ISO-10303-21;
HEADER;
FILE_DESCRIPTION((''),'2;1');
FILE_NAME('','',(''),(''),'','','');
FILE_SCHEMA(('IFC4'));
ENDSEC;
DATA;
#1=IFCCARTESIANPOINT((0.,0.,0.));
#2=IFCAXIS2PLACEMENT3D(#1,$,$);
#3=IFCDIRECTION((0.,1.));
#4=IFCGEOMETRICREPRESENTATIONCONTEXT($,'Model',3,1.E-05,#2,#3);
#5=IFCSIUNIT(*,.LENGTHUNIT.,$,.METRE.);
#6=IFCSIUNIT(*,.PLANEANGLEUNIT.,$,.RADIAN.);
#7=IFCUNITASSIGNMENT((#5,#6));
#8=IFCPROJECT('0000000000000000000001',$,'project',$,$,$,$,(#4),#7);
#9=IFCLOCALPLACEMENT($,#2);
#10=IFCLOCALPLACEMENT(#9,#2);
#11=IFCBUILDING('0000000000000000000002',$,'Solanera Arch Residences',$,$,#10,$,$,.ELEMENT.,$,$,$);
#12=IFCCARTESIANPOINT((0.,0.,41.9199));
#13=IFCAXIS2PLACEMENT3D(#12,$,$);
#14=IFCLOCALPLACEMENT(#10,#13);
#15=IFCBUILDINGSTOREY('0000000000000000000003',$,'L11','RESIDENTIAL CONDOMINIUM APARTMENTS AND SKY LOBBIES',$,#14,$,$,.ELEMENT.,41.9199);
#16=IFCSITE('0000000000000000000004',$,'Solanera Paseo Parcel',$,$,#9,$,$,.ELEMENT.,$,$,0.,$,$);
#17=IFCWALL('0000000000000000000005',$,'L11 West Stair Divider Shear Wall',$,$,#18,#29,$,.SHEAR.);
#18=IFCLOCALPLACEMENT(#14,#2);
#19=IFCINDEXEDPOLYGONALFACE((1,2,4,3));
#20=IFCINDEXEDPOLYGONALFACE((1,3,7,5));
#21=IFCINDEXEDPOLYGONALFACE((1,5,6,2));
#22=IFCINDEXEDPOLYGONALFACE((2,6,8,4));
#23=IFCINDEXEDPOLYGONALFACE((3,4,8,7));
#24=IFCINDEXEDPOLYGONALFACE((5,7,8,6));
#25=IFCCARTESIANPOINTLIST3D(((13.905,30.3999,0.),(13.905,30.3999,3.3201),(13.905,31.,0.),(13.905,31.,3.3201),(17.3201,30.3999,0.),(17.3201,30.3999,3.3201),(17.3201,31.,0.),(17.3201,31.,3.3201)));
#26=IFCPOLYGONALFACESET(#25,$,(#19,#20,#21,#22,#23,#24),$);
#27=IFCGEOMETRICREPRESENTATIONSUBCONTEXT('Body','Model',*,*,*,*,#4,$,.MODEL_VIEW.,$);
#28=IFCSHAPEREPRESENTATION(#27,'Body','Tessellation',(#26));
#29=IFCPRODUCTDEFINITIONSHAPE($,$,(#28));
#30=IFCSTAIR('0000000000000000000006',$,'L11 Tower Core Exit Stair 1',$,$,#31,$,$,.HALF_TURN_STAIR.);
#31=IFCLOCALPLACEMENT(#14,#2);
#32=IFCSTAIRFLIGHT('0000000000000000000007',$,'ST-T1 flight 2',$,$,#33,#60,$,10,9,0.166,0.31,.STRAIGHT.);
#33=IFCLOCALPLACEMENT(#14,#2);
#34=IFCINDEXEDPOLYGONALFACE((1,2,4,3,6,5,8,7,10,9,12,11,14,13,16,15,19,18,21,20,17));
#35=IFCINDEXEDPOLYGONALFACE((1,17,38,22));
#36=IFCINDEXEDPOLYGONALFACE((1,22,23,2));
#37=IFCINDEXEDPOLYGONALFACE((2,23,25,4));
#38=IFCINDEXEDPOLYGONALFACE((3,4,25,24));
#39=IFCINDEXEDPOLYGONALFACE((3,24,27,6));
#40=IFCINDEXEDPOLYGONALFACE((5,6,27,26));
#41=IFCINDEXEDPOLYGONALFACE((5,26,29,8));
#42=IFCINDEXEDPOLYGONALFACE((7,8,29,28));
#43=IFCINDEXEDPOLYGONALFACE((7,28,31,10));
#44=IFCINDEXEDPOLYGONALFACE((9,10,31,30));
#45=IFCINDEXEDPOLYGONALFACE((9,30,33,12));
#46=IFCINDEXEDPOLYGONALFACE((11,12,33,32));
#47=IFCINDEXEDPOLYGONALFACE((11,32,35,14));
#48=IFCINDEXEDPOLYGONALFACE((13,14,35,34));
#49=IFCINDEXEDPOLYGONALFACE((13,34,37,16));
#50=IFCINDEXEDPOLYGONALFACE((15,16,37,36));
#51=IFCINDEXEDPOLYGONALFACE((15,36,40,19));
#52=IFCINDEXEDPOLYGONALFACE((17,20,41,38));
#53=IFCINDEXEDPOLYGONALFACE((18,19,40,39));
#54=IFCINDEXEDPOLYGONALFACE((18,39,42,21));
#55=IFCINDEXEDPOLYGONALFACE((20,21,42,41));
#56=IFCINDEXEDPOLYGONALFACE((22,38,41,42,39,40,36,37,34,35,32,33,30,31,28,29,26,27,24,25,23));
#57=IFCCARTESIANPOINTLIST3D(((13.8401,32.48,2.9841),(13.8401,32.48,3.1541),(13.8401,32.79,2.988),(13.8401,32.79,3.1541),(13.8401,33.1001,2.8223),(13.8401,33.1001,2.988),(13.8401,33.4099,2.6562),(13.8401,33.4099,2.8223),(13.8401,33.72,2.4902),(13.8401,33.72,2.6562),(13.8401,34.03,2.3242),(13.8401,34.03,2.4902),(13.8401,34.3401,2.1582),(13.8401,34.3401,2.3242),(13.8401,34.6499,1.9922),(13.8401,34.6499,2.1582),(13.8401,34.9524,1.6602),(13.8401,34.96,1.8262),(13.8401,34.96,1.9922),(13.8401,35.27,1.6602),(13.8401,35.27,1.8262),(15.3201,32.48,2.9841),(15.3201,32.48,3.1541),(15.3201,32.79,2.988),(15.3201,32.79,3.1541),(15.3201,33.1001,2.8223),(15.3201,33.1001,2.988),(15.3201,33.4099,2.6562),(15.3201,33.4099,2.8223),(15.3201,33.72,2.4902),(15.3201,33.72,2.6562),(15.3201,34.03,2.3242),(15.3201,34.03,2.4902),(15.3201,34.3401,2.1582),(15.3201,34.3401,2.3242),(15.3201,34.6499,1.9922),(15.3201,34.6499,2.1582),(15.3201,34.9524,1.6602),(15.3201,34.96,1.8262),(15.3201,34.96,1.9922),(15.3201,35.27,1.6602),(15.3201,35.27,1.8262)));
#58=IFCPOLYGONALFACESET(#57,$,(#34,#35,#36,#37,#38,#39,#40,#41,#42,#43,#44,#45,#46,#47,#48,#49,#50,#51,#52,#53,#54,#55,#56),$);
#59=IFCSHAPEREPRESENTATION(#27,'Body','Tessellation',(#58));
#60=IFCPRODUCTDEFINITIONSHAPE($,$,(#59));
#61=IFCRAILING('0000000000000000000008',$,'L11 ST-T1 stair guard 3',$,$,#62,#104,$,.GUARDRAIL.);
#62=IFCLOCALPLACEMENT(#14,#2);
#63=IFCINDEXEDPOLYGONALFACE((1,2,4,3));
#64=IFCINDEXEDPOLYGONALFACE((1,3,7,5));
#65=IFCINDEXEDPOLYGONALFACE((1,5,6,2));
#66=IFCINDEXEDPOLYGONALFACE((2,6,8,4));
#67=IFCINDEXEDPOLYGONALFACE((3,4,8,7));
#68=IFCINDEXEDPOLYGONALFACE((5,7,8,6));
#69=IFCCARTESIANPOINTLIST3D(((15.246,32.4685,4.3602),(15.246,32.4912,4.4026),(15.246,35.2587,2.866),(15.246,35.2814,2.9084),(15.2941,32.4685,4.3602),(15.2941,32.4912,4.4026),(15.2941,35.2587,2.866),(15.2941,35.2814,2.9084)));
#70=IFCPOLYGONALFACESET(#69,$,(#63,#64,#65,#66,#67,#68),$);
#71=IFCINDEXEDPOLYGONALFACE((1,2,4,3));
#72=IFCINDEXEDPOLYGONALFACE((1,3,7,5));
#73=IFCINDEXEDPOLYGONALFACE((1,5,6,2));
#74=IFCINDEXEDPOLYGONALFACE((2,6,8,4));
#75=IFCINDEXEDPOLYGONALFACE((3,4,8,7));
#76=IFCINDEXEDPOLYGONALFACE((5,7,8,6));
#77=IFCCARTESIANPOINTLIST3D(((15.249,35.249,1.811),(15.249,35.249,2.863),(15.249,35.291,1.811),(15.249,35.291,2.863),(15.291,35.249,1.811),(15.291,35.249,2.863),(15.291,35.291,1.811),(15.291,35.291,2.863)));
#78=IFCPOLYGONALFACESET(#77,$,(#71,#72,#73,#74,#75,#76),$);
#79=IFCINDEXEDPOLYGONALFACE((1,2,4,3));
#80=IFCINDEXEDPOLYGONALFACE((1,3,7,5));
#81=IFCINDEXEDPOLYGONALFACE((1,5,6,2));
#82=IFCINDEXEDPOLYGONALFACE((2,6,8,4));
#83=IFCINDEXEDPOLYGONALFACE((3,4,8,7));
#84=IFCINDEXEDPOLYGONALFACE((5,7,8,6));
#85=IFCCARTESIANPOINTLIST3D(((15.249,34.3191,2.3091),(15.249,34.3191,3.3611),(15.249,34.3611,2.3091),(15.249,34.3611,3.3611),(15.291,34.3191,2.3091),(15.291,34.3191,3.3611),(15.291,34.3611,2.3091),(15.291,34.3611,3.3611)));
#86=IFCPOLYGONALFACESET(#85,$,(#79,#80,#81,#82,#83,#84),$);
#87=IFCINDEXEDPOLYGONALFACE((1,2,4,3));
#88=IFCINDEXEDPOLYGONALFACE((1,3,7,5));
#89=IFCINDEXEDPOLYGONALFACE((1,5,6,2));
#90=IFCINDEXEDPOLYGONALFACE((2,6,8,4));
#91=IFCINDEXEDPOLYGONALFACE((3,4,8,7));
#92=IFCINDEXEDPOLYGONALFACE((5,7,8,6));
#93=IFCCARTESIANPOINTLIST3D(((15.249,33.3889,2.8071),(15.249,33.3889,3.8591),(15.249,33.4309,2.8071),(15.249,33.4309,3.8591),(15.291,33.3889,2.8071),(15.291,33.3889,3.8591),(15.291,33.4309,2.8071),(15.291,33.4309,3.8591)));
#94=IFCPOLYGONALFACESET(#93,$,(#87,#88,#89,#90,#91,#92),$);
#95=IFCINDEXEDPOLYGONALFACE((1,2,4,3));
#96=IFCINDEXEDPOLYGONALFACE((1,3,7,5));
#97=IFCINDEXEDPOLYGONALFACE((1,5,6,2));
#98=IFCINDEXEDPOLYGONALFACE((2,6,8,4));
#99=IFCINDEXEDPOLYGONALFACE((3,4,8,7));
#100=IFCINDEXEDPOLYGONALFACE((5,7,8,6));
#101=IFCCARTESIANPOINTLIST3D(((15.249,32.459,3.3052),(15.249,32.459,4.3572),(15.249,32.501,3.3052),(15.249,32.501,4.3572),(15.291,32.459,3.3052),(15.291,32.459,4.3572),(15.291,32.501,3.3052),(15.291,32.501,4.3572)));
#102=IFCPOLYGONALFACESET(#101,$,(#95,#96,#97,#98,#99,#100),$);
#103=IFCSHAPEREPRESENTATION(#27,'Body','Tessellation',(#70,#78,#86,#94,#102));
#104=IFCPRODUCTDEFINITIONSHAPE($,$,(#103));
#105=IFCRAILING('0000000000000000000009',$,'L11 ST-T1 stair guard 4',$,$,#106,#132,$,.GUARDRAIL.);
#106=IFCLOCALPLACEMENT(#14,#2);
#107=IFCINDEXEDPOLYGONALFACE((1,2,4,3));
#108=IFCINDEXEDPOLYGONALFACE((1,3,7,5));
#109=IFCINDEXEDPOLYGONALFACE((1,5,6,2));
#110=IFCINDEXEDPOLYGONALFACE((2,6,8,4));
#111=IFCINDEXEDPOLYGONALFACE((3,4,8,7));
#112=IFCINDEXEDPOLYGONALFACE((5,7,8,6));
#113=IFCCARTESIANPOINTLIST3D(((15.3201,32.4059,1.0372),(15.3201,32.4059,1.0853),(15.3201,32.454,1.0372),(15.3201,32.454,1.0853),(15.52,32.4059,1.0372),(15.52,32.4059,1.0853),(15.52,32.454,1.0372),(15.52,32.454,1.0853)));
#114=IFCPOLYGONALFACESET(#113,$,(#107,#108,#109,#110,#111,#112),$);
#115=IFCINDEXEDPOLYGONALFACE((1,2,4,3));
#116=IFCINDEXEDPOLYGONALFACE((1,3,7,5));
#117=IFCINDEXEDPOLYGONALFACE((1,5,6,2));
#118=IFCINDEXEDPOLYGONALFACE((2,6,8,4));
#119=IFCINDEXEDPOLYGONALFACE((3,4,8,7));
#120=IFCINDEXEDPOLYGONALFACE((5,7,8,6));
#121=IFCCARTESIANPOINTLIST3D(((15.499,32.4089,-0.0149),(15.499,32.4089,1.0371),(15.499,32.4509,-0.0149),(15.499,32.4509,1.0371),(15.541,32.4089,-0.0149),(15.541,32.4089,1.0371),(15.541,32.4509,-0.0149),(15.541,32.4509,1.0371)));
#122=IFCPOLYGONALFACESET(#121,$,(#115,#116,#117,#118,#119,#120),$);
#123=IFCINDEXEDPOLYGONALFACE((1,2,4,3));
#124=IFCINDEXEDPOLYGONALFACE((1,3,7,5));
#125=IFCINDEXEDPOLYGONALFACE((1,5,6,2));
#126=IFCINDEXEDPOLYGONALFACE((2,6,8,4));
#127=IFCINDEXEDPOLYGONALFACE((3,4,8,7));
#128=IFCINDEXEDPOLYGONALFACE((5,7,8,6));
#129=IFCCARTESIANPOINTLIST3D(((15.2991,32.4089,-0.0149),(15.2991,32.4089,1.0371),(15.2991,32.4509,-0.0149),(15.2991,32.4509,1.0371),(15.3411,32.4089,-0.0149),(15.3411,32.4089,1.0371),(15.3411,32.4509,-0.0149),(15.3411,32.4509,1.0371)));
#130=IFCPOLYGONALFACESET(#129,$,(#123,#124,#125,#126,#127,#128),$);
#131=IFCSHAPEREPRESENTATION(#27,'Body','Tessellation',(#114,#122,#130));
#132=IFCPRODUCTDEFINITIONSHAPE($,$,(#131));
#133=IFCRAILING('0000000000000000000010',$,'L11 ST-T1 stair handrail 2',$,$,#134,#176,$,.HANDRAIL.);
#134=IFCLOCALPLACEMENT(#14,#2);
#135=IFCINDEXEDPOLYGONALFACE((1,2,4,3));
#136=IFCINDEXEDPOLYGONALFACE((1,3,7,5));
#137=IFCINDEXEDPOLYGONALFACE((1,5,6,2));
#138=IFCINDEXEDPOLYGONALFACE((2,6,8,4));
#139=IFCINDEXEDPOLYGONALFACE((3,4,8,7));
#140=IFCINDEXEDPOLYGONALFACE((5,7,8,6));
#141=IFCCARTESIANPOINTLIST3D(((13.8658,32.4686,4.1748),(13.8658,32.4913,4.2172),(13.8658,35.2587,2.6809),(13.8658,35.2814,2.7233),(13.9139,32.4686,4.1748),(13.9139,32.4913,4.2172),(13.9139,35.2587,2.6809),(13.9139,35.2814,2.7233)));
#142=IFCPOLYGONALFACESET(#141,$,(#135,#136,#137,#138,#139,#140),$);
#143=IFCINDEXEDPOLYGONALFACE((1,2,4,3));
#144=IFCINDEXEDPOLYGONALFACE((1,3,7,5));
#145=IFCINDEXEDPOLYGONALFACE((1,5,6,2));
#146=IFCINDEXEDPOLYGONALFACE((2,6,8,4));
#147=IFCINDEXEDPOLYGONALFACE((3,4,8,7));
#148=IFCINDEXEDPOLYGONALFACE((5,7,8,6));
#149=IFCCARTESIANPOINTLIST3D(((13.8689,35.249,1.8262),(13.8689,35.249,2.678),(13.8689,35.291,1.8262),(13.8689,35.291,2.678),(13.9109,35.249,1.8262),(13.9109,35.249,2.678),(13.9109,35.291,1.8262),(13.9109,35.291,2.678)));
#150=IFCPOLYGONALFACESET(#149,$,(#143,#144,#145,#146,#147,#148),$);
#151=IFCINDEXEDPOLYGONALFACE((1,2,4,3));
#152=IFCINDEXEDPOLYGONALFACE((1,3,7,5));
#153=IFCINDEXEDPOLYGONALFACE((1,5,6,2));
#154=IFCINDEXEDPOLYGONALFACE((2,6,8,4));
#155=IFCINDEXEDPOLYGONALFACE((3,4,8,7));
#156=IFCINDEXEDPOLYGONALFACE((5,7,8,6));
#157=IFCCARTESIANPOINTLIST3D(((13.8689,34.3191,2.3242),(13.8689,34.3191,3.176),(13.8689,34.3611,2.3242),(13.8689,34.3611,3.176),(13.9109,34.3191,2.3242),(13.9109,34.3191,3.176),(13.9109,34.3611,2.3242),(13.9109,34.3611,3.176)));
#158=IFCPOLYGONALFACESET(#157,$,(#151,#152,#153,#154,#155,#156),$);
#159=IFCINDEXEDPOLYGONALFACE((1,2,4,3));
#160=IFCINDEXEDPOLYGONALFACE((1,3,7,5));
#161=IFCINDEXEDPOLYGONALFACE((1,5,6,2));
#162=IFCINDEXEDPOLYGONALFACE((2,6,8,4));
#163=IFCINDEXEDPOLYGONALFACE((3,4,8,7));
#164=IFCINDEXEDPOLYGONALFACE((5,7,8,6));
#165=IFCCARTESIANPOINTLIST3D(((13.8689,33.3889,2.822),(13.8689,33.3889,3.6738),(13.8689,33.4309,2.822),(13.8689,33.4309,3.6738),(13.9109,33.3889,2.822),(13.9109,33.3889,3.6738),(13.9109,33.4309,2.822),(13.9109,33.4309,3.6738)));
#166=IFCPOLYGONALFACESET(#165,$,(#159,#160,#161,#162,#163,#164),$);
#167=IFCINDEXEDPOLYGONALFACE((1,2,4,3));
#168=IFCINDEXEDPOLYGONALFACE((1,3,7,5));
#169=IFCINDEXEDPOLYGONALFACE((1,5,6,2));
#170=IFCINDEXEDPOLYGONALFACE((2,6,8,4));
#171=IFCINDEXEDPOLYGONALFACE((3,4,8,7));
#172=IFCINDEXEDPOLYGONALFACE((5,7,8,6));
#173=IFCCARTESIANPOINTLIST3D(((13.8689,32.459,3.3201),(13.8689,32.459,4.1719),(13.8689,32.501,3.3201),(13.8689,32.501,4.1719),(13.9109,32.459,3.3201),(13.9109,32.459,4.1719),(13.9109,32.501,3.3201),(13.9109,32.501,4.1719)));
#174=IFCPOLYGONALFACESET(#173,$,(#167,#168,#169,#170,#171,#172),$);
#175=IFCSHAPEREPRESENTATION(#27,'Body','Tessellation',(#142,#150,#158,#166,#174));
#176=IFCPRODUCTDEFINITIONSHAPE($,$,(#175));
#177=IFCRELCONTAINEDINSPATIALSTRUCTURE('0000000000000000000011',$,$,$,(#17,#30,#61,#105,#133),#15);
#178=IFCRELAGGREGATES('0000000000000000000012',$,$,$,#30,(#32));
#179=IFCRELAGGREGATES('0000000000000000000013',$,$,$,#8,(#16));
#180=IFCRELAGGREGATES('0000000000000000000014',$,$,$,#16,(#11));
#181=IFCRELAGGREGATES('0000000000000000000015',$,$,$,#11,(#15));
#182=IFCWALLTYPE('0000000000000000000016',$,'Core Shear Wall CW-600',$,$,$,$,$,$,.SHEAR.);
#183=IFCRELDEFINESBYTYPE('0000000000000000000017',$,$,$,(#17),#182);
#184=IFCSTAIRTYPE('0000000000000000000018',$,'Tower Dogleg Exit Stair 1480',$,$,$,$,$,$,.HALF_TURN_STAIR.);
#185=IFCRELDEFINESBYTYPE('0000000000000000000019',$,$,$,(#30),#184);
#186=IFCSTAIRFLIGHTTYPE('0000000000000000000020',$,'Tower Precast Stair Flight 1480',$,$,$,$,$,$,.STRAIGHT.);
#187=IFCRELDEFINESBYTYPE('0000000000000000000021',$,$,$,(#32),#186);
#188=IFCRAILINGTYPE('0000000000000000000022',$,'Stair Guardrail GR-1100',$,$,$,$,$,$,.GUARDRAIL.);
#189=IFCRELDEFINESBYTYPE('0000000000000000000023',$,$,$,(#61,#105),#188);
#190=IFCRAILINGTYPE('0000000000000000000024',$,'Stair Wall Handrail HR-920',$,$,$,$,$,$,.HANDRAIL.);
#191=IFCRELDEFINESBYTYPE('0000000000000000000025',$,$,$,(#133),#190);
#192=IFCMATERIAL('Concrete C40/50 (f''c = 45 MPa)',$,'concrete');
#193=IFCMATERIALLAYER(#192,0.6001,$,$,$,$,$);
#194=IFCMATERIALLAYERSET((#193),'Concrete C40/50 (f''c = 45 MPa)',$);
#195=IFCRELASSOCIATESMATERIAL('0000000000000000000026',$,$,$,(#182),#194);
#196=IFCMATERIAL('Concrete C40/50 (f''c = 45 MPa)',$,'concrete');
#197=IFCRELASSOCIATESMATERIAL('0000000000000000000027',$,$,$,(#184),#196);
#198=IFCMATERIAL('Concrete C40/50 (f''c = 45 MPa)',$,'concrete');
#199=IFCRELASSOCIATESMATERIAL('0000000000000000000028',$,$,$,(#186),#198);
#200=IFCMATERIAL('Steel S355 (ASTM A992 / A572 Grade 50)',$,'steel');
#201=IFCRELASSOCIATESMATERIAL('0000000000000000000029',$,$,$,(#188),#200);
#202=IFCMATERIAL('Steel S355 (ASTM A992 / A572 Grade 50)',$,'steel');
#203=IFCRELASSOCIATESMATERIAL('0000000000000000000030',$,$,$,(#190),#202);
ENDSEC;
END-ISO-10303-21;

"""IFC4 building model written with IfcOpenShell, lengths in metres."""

from ifc_helpers import new_model, si_unit, direction, frame, frame_2d, origin, origin_2d, place, context, subcontext, project, spatial, polyline, rectangle, outline, extrude, material, layer, layer_set, type_object, element, aggregate, save


model = new_model("IFC4")

# Units and contexts
model_context = context("Model", 3, precision=1e-05, world=origin(), true_north=direction((0.0, 1.0)))
body_context = subcontext(model_context, "Body", "Model", "MODEL_VIEW")
ifc_project = project(units=[si_unit("LENGTHUNIT", "METRE"), si_unit("PLANEANGLEUNIT", "RADIAN")], contexts=[model_context])

# Site, building, storey
site_placement = place(None, origin())
site = spatial("IfcSite", under=ifc_project, at=site_placement, Name="Solanera Paseo Parcel", CompositionType="ELEMENT", RefElevation=0.0)
building_placement = place(site_placement, origin())
building = spatial("IfcBuilding", under=site, at=building_placement, Name="Solanera Arch Residences", CompositionType="ELEMENT")
storey_placement = place(building_placement, frame((0.0, 0.0, 41.9199)))
storey = spatial("IfcBuildingStorey", under=building, at=storey_placement, Name="L11", Description="RESIDENTIAL CONDOMINIUM APARTMENTS AND SKY LOBBIES", CompositionType="ELEMENT", Elevation=41.9199)

# Wall
ifc_material_1 = material(Name="Concrete C40/50 (f'c = 45 MPa)", Category="concrete")
ifc_layer_1 = layer(ifc_material_1, 0.6001)
ifc_layer_set_1 = layer_set([ifc_layer_1], Name="Concrete C40/50 (f'c = 45 MPa)")
wall_type_1 = type_object("IfcWallType", Name="Core Shear Wall CW-600", PredefinedType="SHEAR", material=ifc_layer_set_1)
wall_1_placement = place(storey_placement, frame((13.905, 30.7, 0.0), z_axis=(0.0, 0.0, 1.0), x_axis=(1.0, 0.0, 0.0)))
element("IfcWall", 1, at=wall_1_placement, inside=storey, type_object=wall_type_1, Name="L11 West Stair Divider Shear Wall", PredefinedType="SHEAR", context=body_context, shape_type="SweptSolid", body=[
    extrude(rectangle(XDim=3.415, YDim=0.6001, at=frame_2d((1.7075, 0.0))), origin(), (0.0, 0.0, 1.0), 3.3201),
])

# Stair, stair flight
ifc_material_2 = material(Name="Concrete C40/50 (f'c = 45 MPa)", Category="concrete")
stair_type = type_object("IfcStairType", Name="Tower Dogleg Exit Stair 1480", PredefinedType="HALF_TURN_STAIR", material=ifc_material_2)
stair_placement = place(storey_placement, origin())
stair = element("IfcStair", 2, at=stair_placement, inside=storey, type_object=stair_type, Name="L11 Tower Core Exit Stair 1", PredefinedType="HALF_TURN_STAIR")
ifc_material_3 = material(Name="Concrete C40/50 (f'c = 45 MPa)", Category="concrete")
stair_flight_type = type_object("IfcStairFlightType", Name="Tower Precast Stair Flight 1480", PredefinedType="STRAIGHT", material=ifc_material_3)
stair_flight_placement = place(storey_placement, frame((14.5801, 35.27, 1.6602), z_axis=(0.0, 0.0, 1.0), x_axis=(0.0, -1.0, 0.0)))
stair_flight = element("IfcStairFlight", 3, at=stair_flight_placement, type_object=stair_flight_type, Name="ST-T1 flight 2", NumberOfRisers=10, NumberOfTreads=9, PredefinedType="STRAIGHT", RiserHeight=0.166, TreadLength=0.31, context=body_context, shape_type="SweptSolid", body=[
    extrude(outline(polyline([(0.0, 0.0), (0.0, 0.166), (0.3101, 0.166), (0.3101, 0.332), (0.6201, 0.332), (0.6201, 0.498), (0.9299, 0.498), (0.9299, 0.6641), (1.24, 0.6641), (1.24, 0.8301), (1.55, 0.8301), (1.55, 0.9961), (1.8601, 0.9961), (1.8601, 1.1621), (2.1699, 1.1621), (2.1699, 1.3279), (2.48, 1.3279), (2.48, 1.4939), (2.79, 1.4939), (2.79, 1.6599), (2.79, 1.324), (0.3176, 0.0), (0.0, 0.0)])), frame((0.0, 0.74, 0.0), z_axis=(0.0, -1.0, 0.0), x_axis=(1.0, 0.0, 0.0)), (0.0, 0.0, 1.0), 1.48),
])
aggregate(stair, [stair_flight])

# Railings
ifc_material_4 = material(Name="Steel S355 (ASTM A992 / A572 Grade 50)", Category="steel")
railing_type_1 = type_object("IfcRailingType", Name="Stair Guardrail GR-1100", PredefinedType="GUARDRAIL", material=ifc_material_4)
railing_1_placement = place(storey_placement, frame((15.27, 35.27, 1.811)))
element("IfcRailing", 4, at=railing_1_placement, inside=storey, type_object=railing_type_1, Name="L11 ST-T1 stair guard 3", PredefinedType="GUARDRAIL", context=body_context, shape_type="SweptSolid", body=[
    extrude(rectangle(XDim=0.0481, YDim=0.0481, at=origin_2d()), frame((0.0, 0.0, 1.0762), z_axis=(0.0, -0.881549, 0.472093), x_axis=(1.0, 0.0, 0.0)), (0.0, 0.0, 1.0), 3.165),
    extrude(rectangle(XDim=0.042, YDim=0.042, at=origin_2d()), origin(), (0.0, 0.0, 1.0), 1.052),
    extrude(rectangle(XDim=0.042, YDim=0.042, at=origin_2d()), frame((0.0, -0.9299, 0.498)), (0.0, 0.0, 1.0), 1.052),
    extrude(rectangle(XDim=0.042, YDim=0.042, at=origin_2d()), frame((0.0, -1.8601, 0.9961)), (0.0, 0.0, 1.0), 1.052),
    extrude(rectangle(XDim=0.042, YDim=0.042, at=origin_2d()), frame((0.0, -2.79, 1.4941)), (0.0, 0.0, 1.0), 1.052),
])
railing_2_placement = place(storey_placement, frame((15.52, 32.4299, -0.0149)))
element("IfcRailing", 5, at=railing_2_placement, inside=storey, type_object=railing_type_1, Name="L11 ST-T1 stair guard 4", PredefinedType="GUARDRAIL", context=body_context, shape_type="SweptSolid", body=[
    extrude(rectangle(XDim=0.0481, YDim=0.0481, at=origin_2d()), frame((0.0, 0.0, 1.0762), z_axis=(-1.0, 0.0, 0.0), x_axis=(0.0, -1.0, 0.0)), (0.0, 0.0, 1.0), 0.2),
    extrude(rectangle(XDim=0.042, YDim=0.042, at=origin_2d()), origin(), (0.0, 0.0, 1.0), 1.052),
    extrude(rectangle(XDim=0.042, YDim=0.042, at=origin_2d()), frame((-0.2, 0.0, 0.0)), (0.0, 0.0, 1.0), 1.052),
])
ifc_material_5 = material(Name="Steel S355 (ASTM A992 / A572 Grade 50)", Category="steel")
railing_type_2 = type_object("IfcRailingType", Name="Stair Wall Handrail HR-920", PredefinedType="HANDRAIL", material=ifc_material_5)
railing_3_placement = place(storey_placement, frame((13.8899, 35.27, 1.8262)))
element("IfcRailing", 6, at=railing_3_placement, inside=storey, type_object=railing_type_2, Name="L11 ST-T1 stair handrail 2", PredefinedType="HANDRAIL", context=body_context, shape_type="SweptSolid", body=[
    extrude(rectangle(XDim=0.0481, YDim=0.0481, at=origin_2d()), frame((0.0, 0.0, 0.876), z_axis=(0.0, -0.881581, 0.472033), x_axis=(1.0, 0.0, 0.0)), (0.0, 0.0, 1.0), 3.1648),
    extrude(rectangle(XDim=0.042, YDim=0.042, at=origin_2d()), origin(), (0.0, 0.0, 1.0), 0.8518),
    extrude(rectangle(XDim=0.042, YDim=0.042, at=origin_2d()), frame((0.0, -0.9299, 0.498)), (0.0, 0.0, 1.0), 0.8518),
    extrude(rectangle(XDim=0.042, YDim=0.042, at=origin_2d()), frame((0.0, -1.8601, 0.9958)), (0.0, 0.0, 1.0), 0.8518),
    extrude(rectangle(XDim=0.042, YDim=0.042, at=origin_2d()), frame((0.0, -2.79, 1.4939)), (0.0, 0.0, 1.0), 0.8518),
])

save(model, "model.ifc")
